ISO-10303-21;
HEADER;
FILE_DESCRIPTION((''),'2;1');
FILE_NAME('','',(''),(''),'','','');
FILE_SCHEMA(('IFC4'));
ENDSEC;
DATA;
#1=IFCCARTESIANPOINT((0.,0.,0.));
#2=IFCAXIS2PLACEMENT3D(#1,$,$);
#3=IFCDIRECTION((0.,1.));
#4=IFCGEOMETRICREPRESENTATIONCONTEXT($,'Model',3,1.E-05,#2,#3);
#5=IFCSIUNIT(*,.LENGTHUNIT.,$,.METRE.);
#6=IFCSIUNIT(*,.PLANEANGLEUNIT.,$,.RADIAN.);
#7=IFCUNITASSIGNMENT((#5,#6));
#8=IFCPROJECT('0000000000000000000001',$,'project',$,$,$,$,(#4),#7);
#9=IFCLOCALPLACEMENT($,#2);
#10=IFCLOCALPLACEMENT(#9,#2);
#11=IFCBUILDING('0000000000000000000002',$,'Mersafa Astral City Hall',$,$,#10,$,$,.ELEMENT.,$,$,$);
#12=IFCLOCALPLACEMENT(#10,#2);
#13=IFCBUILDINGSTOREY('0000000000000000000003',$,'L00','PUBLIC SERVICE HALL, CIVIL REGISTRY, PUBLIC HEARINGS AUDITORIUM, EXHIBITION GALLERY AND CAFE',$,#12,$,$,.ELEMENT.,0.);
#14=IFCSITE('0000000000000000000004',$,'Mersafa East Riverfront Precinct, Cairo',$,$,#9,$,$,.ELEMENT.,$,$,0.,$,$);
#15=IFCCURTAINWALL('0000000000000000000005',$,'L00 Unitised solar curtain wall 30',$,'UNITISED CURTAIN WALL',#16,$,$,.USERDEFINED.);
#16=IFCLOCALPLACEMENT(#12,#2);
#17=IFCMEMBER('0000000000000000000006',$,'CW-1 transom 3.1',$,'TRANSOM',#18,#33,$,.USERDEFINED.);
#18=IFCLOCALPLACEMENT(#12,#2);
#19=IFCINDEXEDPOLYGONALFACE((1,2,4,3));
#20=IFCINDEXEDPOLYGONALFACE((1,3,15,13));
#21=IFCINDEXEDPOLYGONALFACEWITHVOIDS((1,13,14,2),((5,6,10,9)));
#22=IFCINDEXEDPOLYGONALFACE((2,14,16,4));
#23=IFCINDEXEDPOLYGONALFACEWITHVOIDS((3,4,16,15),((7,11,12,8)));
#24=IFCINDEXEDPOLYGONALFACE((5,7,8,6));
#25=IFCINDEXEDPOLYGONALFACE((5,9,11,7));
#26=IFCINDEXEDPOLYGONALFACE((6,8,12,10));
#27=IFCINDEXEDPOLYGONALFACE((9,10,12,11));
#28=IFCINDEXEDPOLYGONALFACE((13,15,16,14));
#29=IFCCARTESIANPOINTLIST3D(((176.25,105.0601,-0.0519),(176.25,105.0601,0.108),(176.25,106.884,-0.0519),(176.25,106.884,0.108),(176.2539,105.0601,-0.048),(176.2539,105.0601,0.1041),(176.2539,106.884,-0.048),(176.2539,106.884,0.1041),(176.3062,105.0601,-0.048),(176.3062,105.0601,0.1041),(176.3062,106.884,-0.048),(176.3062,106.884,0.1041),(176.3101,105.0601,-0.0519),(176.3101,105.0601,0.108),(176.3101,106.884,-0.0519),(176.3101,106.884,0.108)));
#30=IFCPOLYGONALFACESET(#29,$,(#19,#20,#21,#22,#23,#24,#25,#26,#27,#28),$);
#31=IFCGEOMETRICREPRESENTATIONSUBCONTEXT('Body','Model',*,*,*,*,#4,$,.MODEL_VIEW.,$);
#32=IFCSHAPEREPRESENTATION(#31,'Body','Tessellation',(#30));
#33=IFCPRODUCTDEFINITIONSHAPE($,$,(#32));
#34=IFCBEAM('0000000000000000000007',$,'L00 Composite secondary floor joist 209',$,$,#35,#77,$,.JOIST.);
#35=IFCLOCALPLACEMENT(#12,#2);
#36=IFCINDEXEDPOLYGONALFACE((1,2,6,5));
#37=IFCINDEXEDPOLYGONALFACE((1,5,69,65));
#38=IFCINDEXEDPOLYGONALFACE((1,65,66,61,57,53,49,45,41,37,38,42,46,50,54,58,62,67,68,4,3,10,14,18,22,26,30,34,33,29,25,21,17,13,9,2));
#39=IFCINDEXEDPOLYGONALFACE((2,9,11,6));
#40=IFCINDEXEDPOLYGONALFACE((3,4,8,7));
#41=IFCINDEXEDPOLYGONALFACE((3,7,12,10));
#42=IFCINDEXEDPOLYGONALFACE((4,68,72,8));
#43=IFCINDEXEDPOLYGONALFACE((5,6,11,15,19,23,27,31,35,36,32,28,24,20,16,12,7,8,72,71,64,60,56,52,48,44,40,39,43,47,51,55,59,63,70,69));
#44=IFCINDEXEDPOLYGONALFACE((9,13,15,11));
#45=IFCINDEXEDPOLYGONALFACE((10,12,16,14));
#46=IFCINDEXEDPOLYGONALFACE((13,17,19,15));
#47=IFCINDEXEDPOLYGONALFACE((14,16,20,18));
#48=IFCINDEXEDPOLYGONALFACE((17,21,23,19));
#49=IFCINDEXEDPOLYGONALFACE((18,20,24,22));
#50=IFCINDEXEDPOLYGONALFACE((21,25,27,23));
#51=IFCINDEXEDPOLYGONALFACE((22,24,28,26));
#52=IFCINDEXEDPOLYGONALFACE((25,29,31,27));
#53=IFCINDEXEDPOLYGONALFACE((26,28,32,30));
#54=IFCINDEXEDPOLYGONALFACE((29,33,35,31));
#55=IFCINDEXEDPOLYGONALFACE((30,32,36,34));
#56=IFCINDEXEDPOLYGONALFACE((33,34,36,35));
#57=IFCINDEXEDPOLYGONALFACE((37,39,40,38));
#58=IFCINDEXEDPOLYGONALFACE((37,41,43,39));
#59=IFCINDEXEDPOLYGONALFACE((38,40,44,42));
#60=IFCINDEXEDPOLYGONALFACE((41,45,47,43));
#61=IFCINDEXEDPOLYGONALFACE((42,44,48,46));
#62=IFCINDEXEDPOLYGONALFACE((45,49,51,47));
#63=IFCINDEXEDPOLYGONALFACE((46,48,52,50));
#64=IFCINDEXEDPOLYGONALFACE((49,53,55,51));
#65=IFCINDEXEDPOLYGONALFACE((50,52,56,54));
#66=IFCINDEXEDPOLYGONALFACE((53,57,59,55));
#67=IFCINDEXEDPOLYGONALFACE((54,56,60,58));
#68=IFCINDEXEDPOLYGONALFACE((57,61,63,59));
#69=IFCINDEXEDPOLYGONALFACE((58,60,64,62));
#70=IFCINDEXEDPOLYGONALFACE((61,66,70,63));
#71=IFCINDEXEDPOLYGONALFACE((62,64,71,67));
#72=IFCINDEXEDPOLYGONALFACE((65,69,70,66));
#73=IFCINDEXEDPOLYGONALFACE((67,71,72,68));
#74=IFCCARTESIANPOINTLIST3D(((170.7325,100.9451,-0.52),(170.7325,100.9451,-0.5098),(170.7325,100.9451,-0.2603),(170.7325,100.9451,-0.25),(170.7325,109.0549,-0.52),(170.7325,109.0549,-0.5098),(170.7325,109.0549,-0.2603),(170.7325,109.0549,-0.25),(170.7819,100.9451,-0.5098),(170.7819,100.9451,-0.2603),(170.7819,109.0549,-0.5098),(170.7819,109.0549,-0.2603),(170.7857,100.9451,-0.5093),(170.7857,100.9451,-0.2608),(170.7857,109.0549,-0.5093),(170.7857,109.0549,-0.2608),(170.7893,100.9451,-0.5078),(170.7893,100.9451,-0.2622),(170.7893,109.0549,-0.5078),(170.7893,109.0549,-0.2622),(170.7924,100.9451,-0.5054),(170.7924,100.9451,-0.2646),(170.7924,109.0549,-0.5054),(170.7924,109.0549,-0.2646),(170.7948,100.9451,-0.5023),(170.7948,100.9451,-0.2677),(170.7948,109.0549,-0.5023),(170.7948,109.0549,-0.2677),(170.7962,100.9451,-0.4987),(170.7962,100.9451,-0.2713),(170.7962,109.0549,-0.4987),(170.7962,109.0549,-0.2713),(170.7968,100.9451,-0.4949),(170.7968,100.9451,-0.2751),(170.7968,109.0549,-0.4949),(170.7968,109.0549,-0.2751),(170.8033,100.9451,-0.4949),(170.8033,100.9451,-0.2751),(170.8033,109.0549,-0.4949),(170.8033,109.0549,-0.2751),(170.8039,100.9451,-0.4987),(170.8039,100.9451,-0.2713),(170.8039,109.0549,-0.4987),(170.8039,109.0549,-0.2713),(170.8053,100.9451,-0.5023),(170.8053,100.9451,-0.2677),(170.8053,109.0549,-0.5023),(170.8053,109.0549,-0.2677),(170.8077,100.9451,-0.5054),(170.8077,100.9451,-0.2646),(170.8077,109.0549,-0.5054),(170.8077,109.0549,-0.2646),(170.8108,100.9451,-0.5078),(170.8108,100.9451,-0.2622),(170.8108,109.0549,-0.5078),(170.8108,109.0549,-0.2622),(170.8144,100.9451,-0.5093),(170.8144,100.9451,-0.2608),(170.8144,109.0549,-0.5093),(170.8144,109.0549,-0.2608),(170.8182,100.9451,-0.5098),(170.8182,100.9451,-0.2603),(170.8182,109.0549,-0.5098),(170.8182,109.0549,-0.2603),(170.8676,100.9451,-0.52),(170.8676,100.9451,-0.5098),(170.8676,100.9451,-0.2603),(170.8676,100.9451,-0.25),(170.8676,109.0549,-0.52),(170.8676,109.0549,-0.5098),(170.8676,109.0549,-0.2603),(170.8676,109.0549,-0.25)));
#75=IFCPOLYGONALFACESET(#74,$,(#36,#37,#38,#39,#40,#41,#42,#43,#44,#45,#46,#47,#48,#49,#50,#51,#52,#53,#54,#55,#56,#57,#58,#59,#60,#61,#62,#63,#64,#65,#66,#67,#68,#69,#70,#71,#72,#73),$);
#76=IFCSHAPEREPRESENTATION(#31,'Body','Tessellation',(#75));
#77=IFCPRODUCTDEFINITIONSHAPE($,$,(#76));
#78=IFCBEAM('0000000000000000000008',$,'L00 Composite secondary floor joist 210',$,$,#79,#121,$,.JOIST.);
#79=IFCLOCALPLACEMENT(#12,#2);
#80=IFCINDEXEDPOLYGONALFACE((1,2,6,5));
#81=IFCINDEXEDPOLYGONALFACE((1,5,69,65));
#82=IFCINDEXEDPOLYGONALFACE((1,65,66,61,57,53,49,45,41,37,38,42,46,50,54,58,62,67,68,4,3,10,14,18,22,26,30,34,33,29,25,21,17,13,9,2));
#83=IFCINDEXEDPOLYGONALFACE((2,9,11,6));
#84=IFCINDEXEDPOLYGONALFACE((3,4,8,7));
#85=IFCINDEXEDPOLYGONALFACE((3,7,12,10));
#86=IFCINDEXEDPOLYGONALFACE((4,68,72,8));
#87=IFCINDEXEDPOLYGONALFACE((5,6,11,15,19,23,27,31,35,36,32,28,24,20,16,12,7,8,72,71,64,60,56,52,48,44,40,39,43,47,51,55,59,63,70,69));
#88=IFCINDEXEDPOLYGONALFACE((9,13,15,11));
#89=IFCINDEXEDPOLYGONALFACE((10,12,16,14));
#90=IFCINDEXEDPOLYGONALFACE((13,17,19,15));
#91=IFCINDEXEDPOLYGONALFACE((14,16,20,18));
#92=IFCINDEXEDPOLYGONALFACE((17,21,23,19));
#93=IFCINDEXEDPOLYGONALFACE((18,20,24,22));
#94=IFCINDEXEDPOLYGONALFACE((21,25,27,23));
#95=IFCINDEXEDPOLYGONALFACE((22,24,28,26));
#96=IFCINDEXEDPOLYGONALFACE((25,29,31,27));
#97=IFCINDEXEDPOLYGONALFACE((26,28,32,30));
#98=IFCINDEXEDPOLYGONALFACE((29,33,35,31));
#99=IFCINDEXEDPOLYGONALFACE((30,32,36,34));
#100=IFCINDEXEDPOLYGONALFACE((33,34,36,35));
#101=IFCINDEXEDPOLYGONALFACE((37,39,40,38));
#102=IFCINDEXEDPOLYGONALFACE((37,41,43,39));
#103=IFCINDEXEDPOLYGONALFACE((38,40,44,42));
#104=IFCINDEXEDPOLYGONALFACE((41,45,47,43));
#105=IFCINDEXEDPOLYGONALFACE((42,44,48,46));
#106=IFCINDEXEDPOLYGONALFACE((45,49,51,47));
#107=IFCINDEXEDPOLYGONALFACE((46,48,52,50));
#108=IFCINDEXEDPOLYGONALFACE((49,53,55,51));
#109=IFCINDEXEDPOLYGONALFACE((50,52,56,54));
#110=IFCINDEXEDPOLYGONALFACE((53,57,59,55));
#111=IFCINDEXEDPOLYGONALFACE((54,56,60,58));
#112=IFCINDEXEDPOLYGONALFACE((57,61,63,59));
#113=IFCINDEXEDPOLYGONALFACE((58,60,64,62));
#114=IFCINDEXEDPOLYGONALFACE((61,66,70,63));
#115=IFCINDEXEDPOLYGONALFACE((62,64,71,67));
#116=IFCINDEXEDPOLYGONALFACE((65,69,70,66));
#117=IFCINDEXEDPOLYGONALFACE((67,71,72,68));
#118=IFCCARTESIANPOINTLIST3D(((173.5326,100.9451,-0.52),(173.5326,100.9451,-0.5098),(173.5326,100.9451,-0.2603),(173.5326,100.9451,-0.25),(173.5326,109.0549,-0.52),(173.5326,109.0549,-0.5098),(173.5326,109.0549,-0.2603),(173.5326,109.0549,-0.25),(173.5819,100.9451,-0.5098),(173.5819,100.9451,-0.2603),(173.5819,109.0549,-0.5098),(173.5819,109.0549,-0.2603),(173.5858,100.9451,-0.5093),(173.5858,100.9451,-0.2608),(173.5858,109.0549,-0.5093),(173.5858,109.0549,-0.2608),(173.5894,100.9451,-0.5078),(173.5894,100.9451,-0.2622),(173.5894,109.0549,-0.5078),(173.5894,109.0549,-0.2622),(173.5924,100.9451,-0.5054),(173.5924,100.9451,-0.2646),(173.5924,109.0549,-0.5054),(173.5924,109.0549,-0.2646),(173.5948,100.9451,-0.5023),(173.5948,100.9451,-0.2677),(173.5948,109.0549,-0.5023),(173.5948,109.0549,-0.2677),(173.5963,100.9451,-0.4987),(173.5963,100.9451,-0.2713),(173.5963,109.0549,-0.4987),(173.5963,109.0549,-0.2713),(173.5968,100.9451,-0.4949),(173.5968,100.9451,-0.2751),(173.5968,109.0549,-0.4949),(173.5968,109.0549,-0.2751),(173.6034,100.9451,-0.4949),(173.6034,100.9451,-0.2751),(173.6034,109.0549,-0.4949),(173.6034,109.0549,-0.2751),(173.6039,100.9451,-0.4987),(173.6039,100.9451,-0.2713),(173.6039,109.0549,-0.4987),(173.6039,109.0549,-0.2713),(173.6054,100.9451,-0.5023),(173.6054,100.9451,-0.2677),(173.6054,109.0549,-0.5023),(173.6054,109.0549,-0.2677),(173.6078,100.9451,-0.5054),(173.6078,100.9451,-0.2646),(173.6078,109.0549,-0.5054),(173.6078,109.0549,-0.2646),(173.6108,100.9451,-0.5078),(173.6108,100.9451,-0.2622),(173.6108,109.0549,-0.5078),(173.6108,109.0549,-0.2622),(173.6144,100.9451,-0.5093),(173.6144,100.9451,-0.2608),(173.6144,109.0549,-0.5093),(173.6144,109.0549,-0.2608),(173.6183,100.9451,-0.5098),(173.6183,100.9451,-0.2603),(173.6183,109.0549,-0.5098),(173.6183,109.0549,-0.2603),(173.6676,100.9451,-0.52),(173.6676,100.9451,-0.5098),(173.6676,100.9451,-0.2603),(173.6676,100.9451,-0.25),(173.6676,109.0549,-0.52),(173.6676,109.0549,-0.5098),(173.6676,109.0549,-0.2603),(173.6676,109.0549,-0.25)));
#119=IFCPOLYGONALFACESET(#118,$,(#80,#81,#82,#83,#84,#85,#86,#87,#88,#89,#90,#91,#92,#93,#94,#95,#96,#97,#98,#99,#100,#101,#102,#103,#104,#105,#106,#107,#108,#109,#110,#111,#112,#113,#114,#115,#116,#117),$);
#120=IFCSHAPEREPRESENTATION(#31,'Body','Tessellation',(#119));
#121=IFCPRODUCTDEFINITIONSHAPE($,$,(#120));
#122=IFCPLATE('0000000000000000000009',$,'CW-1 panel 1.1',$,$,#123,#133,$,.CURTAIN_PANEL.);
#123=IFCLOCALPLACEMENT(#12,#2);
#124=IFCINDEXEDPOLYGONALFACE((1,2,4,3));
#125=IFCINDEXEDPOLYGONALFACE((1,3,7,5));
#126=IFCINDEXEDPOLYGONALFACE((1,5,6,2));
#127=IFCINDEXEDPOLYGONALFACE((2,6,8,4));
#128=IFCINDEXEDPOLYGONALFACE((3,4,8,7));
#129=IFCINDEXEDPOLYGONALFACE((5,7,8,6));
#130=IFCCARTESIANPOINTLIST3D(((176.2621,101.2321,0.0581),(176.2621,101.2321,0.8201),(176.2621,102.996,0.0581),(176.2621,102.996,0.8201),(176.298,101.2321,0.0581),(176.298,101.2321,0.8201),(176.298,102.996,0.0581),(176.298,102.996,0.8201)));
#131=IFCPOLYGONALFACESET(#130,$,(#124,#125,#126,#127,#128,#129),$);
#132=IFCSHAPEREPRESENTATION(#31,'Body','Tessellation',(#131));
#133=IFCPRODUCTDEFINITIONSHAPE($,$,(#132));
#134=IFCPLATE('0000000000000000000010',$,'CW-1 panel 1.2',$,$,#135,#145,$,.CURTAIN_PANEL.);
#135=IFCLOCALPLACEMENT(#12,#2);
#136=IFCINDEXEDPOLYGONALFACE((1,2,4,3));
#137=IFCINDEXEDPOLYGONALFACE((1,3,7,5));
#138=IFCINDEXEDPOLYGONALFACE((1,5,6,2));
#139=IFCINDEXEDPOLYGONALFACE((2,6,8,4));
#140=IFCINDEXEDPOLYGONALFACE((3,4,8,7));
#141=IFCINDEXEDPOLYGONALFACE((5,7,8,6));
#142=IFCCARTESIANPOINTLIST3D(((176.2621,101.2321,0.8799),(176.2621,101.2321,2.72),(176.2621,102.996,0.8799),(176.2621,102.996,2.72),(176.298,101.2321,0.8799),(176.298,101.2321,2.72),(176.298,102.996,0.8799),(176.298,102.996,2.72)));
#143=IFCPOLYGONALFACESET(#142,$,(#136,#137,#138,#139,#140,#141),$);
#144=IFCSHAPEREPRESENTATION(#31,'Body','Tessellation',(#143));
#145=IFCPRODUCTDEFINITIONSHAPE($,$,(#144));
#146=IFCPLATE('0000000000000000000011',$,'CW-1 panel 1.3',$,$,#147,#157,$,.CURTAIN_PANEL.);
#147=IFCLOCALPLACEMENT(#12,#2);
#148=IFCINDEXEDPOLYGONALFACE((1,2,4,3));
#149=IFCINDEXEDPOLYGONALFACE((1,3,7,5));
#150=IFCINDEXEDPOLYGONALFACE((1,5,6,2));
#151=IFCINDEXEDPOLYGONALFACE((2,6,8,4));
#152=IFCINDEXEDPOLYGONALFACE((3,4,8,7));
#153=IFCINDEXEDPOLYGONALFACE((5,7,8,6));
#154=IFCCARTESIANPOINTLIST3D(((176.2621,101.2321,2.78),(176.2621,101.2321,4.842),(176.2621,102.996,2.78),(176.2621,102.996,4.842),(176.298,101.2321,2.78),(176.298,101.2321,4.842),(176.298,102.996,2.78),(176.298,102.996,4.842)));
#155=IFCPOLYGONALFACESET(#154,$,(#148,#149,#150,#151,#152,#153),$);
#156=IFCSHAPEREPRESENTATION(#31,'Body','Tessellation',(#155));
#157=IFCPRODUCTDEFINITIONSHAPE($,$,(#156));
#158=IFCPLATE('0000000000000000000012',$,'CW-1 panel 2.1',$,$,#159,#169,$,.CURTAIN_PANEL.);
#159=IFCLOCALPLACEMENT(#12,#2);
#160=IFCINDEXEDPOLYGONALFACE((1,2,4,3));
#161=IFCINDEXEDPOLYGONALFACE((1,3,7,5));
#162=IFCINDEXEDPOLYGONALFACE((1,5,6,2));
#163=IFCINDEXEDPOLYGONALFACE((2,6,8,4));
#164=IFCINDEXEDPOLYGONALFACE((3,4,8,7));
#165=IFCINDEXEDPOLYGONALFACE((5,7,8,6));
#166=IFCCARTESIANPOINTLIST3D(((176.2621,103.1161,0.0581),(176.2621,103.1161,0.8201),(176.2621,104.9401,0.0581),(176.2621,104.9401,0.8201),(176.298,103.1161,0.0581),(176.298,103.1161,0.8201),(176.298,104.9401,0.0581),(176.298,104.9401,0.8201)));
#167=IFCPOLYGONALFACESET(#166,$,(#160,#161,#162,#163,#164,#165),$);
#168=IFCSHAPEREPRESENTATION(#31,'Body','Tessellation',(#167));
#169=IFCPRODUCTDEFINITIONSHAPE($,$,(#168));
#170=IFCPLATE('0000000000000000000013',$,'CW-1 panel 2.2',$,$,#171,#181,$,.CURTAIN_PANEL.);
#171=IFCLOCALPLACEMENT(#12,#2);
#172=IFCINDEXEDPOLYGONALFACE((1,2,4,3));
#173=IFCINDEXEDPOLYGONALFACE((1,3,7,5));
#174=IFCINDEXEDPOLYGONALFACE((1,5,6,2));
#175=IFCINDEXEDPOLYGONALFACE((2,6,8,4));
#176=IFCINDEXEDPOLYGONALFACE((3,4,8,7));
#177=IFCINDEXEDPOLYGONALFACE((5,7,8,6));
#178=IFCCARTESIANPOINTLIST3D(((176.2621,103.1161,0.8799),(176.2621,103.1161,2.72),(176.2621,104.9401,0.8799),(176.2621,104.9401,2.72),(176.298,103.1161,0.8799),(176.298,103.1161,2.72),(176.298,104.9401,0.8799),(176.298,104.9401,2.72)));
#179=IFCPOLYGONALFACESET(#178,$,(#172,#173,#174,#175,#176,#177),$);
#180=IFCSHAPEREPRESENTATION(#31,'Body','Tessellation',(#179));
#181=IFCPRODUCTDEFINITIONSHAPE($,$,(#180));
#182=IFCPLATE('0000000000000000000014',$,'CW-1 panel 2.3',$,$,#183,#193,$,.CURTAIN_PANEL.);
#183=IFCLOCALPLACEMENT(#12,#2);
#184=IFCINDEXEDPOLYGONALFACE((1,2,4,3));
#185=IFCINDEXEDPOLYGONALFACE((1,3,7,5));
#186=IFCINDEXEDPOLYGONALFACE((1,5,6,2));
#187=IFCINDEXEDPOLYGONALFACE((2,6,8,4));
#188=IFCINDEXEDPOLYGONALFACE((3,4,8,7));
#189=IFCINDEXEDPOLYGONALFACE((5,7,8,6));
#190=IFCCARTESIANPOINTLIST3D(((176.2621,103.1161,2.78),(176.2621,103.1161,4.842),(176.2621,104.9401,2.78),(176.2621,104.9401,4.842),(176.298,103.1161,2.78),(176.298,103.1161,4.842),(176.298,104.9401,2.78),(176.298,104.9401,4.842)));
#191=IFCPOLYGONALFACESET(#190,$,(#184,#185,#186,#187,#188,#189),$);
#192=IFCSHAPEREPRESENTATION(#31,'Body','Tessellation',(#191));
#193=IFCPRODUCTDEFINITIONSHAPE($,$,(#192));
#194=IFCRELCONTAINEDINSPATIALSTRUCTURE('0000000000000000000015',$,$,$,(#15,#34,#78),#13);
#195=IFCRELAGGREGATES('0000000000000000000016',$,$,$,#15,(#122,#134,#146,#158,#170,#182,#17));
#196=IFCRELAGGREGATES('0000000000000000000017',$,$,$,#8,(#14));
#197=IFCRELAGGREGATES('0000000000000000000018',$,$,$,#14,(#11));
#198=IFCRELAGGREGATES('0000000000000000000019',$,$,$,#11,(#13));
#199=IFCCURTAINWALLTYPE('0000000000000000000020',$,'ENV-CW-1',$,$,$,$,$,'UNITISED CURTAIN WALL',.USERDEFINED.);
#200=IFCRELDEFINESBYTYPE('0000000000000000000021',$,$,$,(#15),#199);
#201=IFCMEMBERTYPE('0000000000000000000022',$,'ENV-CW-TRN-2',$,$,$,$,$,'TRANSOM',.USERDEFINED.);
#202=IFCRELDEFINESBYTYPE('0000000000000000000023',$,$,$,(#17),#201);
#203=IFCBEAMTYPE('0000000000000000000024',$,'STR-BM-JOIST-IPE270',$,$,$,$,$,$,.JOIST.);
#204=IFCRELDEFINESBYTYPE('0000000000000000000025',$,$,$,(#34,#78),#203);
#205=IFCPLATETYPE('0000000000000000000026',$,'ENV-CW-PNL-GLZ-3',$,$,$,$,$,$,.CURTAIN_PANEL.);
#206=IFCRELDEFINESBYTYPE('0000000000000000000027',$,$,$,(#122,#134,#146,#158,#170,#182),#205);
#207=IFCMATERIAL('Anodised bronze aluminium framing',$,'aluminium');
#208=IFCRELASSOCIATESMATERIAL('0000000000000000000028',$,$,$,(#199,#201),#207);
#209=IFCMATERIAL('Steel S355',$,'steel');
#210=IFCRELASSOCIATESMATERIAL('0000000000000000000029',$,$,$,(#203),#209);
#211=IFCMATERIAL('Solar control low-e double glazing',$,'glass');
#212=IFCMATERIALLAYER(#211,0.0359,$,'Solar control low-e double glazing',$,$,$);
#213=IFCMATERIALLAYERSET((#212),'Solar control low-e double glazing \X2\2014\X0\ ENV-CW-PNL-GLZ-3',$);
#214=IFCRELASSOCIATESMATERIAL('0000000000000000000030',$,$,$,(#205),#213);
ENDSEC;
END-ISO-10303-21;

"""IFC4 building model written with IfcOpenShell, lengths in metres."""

from ifc_helpers import new_model, si_unit, direction, frame, origin, origin_2d, place, context, subcontext, project, spatial, rectangle, hollow_rectangle, i_section, extrude, material, layer, layer_set, material_profile, profile_set, type_object, element, aggregate, save


model = new_model("IFC4")

# Units and contexts
model_context = context("Model", 3, precision=1e-05, world=origin(), true_north=direction((0.0, 1.0)))
body_context = subcontext(model_context, "Body", "Model", "MODEL_VIEW")
ifc_project = project(units=[si_unit("LENGTHUNIT", "METRE"), si_unit("PLANEANGLEUNIT", "RADIAN")], contexts=[model_context])

# Site, building, storey
site_placement = place(None, origin())
site = spatial("IfcSite", under=ifc_project, at=site_placement, Name="Mersafa East Riverfront Precinct, Cairo", CompositionType="ELEMENT", RefElevation=0.0)
building_placement = place(site_placement, origin())
building = spatial("IfcBuilding", under=site, at=building_placement, Name="Mersafa Astral City Hall", CompositionType="ELEMENT")
storey_placement = place(building_placement, origin())
storey = spatial("IfcBuildingStorey", under=building, at=storey_placement, Name="L00", Description="PUBLIC SERVICE HALL, CIVIL REGISTRY, PUBLIC HEARINGS AUDITORIUM, EXHIBITION GALLERY AND CAFE", CompositionType="ELEMENT", Elevation=0.0)

# Curtain wall, member
ifc_material_1 = material(Name="Anodised bronze aluminium framing", Category="aluminium")
curtain_wall_type = type_object("IfcCurtainWallType", Name="ENV-CW-1", ElementType="UNITISED CURTAIN WALL", PredefinedType="USERDEFINED", material=ifc_material_1)
curtain_wall_placement = place(storey_placement, origin())
curtain_wall = element("IfcCurtainWall", 1, at=curtain_wall_placement, inside=storey, type_object=curtain_wall_type, Name="L00 Unitised solar curtain wall 30", ObjectType="UNITISED CURTAIN WALL", PredefinedType="USERDEFINED")
ifc_material_profile_1 = material_profile(ifc_material_1, hollow_rectangle(XDim=0.0601, YDim=0.1599, WallThickness=0.0039, at=origin_2d()), Name="RHS 60x160x4")
ifc_profile_set_1 = profile_set([ifc_material_profile_1], Name="Anodised bronze aluminium framing")
member_type_1 = type_object("IfcMemberType", Name="ENV-CW-TRN-2", ElementType="TRANSOM", PredefinedType="USERDEFINED", material=ifc_profile_set_1)
member_1_placement = place(storey_placement, frame((176.28, 105.0601, 0.0281), z_axis=(0.0, 1.0, 0.0), x_axis=(-1.0, 0.0, 0.0)))
member_1 = element("IfcMember", 2, at=member_1_placement, type_object=member_type_1, Name="CW-1 transom 3.1", ObjectType="TRANSOM", PredefinedType="USERDEFINED", context=body_context, shape_type="SweptSolid", body=[
    extrude(hollow_rectangle(XDim=0.0601, YDim=0.1599, WallThickness=0.0039, at=origin_2d()), origin(), (0.0, 0.0, 1.0), 1.824),
])

# Beams
ifc_material_2 = material(Name="Steel S355", Category="steel")
ifc_material_profile_2 = material_profile(ifc_material_2, i_section(OverallWidth=0.135, OverallDepth=0.27, WebThickness=0.0066, FlangeThickness=0.0103, FilletRadius=0.0149, at=origin_2d()), Name="IPE 270")
ifc_profile_set_2 = profile_set([ifc_material_profile_2], Name="Steel S355")
beam_type = type_object("IfcBeamType", Name="STR-BM-JOIST-IPE270", PredefinedType="JOIST", material=ifc_profile_set_2)
for number, where, z_axis, x_axis, name in (
    (3, (170.8, 100.9451, -0.385), (0.0, 1.0, 0.0), (-1.0, 0.0, 0.0), "L00 Composite secondary floor joist 209"),
    (4, (173.6001, 100.9451, -0.385), (0.0, 1.0, 0.0), (-1.0, 0.0, 0.0), "L00 Composite secondary floor joist 210"),
):
    element("IfcBeam", number, at=place(storey_placement, frame(where, z_axis=z_axis, x_axis=x_axis)), inside=storey, type_object=beam_type, Name=name, PredefinedType="JOIST", context=body_context, shape_type="SweptSolid", body=[
        extrude(i_section(OverallWidth=0.135, OverallDepth=0.27, WebThickness=0.0066, FlangeThickness=0.0103, FilletRadius=0.0149, at=origin_2d()), origin(), (0.0, 0.0, 1.0), 8.1099),
    ])

# Plates
ifc_material_3 = material(Name="Solar control low-e double glazing", Category="glass")
ifc_layer_1 = layer(ifc_material_3, 0.0359, Name="Solar control low-e double glazing")
ifc_layer_set_1 = layer_set([ifc_layer_1], Name="Solar control low-e double glazing — ENV-CW-PNL-GLZ-3")
plate_type = type_object("IfcPlateType", Name="ENV-CW-PNL-GLZ-3", PredefinedType="CURTAIN_PANEL", material=ifc_layer_set_1)
plate_1_placement = place(storey_placement, frame((176.28, 102.114, 0.0581), z_axis=(0.0, 0.0, 1.0), x_axis=(0.0, 1.0, 0.0)))
plate_1 = element("IfcPlate", 5, at=plate_1_placement, type_object=plate_type, Name="CW-1 panel 1.1", PredefinedType="CURTAIN_PANEL", context=body_context, shape_type="SweptSolid", body=[
    extrude(rectangle(XDim=1.7639, YDim=0.0359, at=origin_2d()), origin(), (0.0, 0.0, 1.0), 0.762),
])
plate_2_placement = place(storey_placement, frame((176.28, 102.114, 0.8799), z_axis=(0.0, 0.0, 1.0), x_axis=(0.0, 1.0, 0.0)))
plate_2 = element("IfcPlate", 6, at=plate_2_placement, type_object=plate_type, Name="CW-1 panel 1.2", PredefinedType="CURTAIN_PANEL", context=body_context, shape_type="SweptSolid", body=[
    extrude(rectangle(XDim=1.7639, YDim=0.0359, at=origin_2d()), origin(), (0.0, 0.0, 1.0), 1.8401),
])
plate_3_placement = place(storey_placement, frame((176.28, 102.114, 2.78), z_axis=(0.0, 0.0, 1.0), x_axis=(0.0, 1.0, 0.0)))
plate_3 = element("IfcPlate", 7, at=plate_3_placement, type_object=plate_type, Name="CW-1 panel 1.3", PredefinedType="CURTAIN_PANEL", context=body_context, shape_type="SweptSolid", body=[
    extrude(rectangle(XDim=1.7639, YDim=0.0359, at=origin_2d()), origin(), (0.0, 0.0, 1.0), 2.062),
])
plate_4_placement = place(storey_placement, frame((176.28, 104.0281, 0.0581), z_axis=(0.0, 0.0, 1.0), x_axis=(0.0, 1.0, 0.0)))
plate_4 = element("IfcPlate", 8, at=plate_4_placement, type_object=plate_type, Name="CW-1 panel 2.1", PredefinedType="CURTAIN_PANEL", context=body_context, shape_type="SweptSolid", body=[
    extrude(rectangle(XDim=1.824, YDim=0.0359, at=origin_2d()), origin(), (0.0, 0.0, 1.0), 0.762),
])
plate_5_placement = place(storey_placement, frame((176.28, 104.0281, 0.8799), z_axis=(0.0, 0.0, 1.0), x_axis=(0.0, 1.0, 0.0)))
plate_5 = element("IfcPlate", 9, at=plate_5_placement, type_object=plate_type, Name="CW-1 panel 2.2", PredefinedType="CURTAIN_PANEL", context=body_context, shape_type="SweptSolid", body=[
    extrude(rectangle(XDim=1.824, YDim=0.0359, at=origin_2d()), origin(), (0.0, 0.0, 1.0), 1.8401),
])
plate_6_placement = place(storey_placement, frame((176.28, 104.0281, 2.78), z_axis=(0.0, 0.0, 1.0), x_axis=(0.0, 1.0, 0.0)))
plate_6 = element("IfcPlate", 10, at=plate_6_placement, type_object=plate_type, Name="CW-1 panel 2.3", PredefinedType="CURTAIN_PANEL", context=body_context, shape_type="SweptSolid", body=[
    extrude(rectangle(XDim=1.824, YDim=0.0359, at=origin_2d()), origin(), (0.0, 0.0, 1.0), 2.062),
])
aggregate(curtain_wall, [plate_1, plate_2, plate_3, plate_4, plate_5, plate_6, member_1])

save(model, "model.ifc")
